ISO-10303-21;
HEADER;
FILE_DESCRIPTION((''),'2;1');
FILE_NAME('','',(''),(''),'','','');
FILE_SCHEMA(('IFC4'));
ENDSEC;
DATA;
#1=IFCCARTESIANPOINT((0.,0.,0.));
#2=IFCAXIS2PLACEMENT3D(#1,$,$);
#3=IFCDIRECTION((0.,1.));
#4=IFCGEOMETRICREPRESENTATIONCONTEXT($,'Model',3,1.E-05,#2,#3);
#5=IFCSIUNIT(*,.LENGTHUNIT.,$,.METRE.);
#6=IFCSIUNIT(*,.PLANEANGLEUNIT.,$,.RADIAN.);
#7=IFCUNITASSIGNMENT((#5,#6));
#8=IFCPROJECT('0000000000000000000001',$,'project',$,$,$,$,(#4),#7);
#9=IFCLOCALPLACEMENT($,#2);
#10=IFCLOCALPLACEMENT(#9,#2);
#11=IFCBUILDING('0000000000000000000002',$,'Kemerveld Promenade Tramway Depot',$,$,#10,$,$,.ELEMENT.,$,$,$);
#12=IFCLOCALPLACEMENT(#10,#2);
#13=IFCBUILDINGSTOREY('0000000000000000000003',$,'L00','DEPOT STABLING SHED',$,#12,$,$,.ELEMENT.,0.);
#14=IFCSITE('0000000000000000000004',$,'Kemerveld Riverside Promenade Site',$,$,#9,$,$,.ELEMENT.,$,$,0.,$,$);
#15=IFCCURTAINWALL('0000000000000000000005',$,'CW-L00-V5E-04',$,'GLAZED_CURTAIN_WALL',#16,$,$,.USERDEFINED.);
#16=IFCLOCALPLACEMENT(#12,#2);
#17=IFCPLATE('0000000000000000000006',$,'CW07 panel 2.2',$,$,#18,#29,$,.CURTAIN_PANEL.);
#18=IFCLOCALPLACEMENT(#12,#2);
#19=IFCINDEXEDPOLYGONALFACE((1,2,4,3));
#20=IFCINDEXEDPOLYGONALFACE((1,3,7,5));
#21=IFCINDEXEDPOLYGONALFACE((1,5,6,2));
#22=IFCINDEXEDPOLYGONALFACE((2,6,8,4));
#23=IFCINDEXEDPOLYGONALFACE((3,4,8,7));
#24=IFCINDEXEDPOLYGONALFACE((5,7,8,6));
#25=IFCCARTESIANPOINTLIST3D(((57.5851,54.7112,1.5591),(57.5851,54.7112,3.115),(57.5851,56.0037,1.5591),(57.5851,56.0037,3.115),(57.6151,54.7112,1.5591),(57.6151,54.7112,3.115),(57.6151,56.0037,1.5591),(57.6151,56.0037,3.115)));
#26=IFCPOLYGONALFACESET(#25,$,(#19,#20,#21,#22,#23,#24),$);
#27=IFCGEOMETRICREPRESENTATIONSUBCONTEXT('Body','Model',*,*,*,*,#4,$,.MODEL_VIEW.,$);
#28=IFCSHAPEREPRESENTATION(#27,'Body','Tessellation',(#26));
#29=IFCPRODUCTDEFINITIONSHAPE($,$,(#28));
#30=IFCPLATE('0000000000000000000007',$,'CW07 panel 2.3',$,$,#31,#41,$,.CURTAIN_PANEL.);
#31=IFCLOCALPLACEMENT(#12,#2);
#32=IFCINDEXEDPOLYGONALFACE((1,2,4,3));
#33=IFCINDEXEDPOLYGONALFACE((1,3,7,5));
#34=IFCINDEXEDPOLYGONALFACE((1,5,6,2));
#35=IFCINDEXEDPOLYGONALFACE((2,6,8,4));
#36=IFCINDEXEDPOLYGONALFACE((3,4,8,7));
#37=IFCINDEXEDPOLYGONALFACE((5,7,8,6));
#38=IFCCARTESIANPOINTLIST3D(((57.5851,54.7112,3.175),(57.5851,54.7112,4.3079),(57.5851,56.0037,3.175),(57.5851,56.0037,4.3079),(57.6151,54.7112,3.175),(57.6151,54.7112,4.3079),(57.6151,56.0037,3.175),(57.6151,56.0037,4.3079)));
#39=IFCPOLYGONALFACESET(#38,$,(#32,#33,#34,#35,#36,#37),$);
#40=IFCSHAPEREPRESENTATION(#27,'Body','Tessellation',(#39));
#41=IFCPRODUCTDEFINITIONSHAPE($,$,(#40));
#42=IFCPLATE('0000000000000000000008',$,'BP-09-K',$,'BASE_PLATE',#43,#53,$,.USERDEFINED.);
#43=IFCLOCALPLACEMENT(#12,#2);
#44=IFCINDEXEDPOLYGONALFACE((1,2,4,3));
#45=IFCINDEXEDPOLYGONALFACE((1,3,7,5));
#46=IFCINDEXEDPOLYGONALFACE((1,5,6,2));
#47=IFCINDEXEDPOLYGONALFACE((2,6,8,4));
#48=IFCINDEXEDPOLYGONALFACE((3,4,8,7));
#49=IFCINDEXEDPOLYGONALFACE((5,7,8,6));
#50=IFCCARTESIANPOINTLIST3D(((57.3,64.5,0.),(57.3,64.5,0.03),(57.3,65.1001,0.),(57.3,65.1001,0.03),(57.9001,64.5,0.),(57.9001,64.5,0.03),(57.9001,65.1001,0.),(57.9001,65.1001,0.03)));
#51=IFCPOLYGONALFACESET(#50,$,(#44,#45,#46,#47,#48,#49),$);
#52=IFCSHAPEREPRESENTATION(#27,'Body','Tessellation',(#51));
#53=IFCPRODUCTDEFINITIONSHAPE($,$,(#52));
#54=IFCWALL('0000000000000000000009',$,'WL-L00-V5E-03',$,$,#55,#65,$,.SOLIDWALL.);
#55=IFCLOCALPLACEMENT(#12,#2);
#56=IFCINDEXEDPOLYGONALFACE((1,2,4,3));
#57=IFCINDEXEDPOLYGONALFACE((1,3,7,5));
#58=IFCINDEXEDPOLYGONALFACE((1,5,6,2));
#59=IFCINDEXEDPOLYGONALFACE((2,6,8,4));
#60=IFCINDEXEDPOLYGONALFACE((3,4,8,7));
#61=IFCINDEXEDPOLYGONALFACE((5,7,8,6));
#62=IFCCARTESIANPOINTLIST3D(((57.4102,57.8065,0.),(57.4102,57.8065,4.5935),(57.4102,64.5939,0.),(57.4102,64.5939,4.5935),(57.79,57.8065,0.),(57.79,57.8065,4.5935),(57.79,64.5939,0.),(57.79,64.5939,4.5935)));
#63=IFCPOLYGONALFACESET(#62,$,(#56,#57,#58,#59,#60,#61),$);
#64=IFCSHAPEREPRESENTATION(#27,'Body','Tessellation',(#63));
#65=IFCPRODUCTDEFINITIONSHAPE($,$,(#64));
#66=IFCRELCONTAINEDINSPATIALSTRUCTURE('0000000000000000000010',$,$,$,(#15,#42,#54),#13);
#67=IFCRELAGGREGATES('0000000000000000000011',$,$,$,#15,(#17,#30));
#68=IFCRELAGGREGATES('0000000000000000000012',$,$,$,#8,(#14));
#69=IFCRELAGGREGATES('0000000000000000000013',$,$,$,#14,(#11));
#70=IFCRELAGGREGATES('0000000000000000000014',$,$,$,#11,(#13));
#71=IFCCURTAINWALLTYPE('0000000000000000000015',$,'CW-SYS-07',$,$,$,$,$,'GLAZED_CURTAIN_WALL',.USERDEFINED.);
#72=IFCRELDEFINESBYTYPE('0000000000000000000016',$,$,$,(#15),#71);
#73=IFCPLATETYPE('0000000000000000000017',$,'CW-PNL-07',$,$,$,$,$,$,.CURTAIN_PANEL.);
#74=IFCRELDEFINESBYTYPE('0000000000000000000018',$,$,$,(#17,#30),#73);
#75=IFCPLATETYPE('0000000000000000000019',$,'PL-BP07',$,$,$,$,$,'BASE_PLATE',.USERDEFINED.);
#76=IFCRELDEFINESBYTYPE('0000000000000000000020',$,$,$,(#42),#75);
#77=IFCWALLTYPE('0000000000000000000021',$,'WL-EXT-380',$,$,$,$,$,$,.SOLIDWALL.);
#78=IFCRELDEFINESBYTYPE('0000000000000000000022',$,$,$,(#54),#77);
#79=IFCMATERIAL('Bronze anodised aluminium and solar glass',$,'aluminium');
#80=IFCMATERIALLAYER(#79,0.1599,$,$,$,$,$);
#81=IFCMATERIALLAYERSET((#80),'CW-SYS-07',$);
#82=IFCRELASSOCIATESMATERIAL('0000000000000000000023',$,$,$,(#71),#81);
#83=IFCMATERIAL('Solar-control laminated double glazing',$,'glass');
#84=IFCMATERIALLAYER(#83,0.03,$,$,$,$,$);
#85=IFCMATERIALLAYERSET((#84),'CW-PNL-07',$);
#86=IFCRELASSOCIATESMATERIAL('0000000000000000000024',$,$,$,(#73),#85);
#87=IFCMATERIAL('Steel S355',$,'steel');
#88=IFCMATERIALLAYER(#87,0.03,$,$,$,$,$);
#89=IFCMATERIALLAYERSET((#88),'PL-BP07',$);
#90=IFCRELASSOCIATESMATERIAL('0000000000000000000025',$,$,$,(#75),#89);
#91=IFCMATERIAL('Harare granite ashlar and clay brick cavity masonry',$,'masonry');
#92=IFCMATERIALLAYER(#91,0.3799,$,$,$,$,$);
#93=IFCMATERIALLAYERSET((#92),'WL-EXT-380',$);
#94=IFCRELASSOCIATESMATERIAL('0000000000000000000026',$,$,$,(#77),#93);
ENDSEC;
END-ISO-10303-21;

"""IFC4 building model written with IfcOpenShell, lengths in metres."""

from ifc_helpers import new_model, si_unit, direction, frame, frame_2d, origin, origin_2d, place, context, subcontext, project, spatial, rectangle, extrude, material, layer, layer_set, type_object, element, aggregate, save


model = new_model("IFC4")

# Units and contexts
model_context = context("Model", 3, precision=1e-05, world=origin(), true_north=direction((0.0, 1.0)))
body_context = subcontext(model_context, "Body", "Model", "MODEL_VIEW")
ifc_project = project(units=[si_unit("LENGTHUNIT", "METRE"), si_unit("PLANEANGLEUNIT", "RADIAN")], contexts=[model_context])

# Site, building, storey
site_placement = place(None, origin())
site = spatial("IfcSite", under=ifc_project, at=site_placement, Name="Kemerveld Riverside Promenade Site", CompositionType="ELEMENT", RefElevation=0.0)
building_placement = place(site_placement, origin())
building = spatial("IfcBuilding", under=site, at=building_placement, Name="Kemerveld Promenade Tramway Depot", CompositionType="ELEMENT")
storey_placement = place(building_placement, origin())
storey = spatial("IfcBuildingStorey", under=building, at=storey_placement, Name="L00", Description="DEPOT STABLING SHED", CompositionType="ELEMENT", Elevation=0.0)

# Shared definitions
ifc_material_1 = material(Name="Steel S355", Category="steel")

# Curtain wall, plates
ifc_material_2 = material(Name="Bronze anodised aluminium and solar glass", Category="aluminium")
ifc_layer_1 = layer(ifc_material_2, 0.1599)
ifc_layer_set_1 = layer_set([ifc_layer_1], Name="CW-SYS-07")
curtain_wall_type = type_object("IfcCurtainWallType", Name="CW-SYS-07", ElementType="GLAZED_CURTAIN_WALL", PredefinedType="USERDEFINED", material=ifc_layer_set_1)
curtain_wall_placement = place(storey_placement, origin())
curtain_wall = element("IfcCurtainWall", 1, at=curtain_wall_placement, inside=storey, type_object=curtain_wall_type, Name="CW-L00-V5E-04", ObjectType="GLAZED_CURTAIN_WALL", PredefinedType="USERDEFINED")
ifc_material_3 = material(Name="Solar-control laminated double glazing", Category="glass")
ifc_layer_2 = layer(ifc_material_3, 0.03)
ifc_layer_set_2 = layer_set([ifc_layer_2], Name="CW-PNL-07")
plate_type_1 = type_object("IfcPlateType", Name="CW-PNL-07", PredefinedType="CURTAIN_PANEL", material=ifc_layer_set_2)
plate_1_placement = place(storey_placement, frame((57.6001, 55.3574, 1.5591), z_axis=(0.0, 0.0, 1.0), x_axis=(0.0, -1.0, 0.0)))
plate_1 = element("IfcPlate", 2, at=plate_1_placement, type_object=plate_type_1, Name="CW07 panel 2.2", PredefinedType="CURTAIN_PANEL", context=body_context, shape_type="SweptSolid", body=[
    extrude(rectangle(XDim=1.2925, YDim=0.03, at=origin_2d()), origin(), (0.0, 0.0, 1.0), 1.5559),
])
plate_2_placement = place(storey_placement, frame((57.6001, 55.3574, 3.175), z_axis=(0.0, 0.0, 1.0), x_axis=(0.0, -1.0, 0.0)))
plate_2 = element("IfcPlate", 3, at=plate_2_placement, type_object=plate_type_1, Name="CW07 panel 2.3", PredefinedType="CURTAIN_PANEL", context=body_context, shape_type="SweptSolid", body=[
    extrude(rectangle(XDim=1.2925, YDim=0.03, at=origin_2d()), origin(), (0.0, 0.0, 1.0), 1.1328),
])
aggregate(curtain_wall, [plate_1, plate_2])

# Plate
ifc_layer_3 = layer(ifc_material_1, 0.03)
ifc_layer_set_3 = layer_set([ifc_layer_3], Name="PL-BP07")
plate_type_2 = type_object("IfcPlateType", Name="PL-BP07", ElementType="BASE_PLATE", PredefinedType="USERDEFINED", material=ifc_layer_set_3)
plate_3_placement = place(storey_placement, frame((57.6001, 64.8, 0.0), z_axis=(0.0, 0.0, 1.0), x_axis=(1.0, 0.0, 0.0)))
element("IfcPlate", 4, at=plate_3_placement, inside=storey, type_object=plate_type_2, Name="BP-09-K", ObjectType="BASE_PLATE", PredefinedType="USERDEFINED", context=body_context, shape_type="SweptSolid", body=[
    extrude(rectangle(XDim=0.6001, YDim=0.6001, at=origin_2d()), origin(), (0.0, 0.0, 1.0), 0.03),
])

# Wall
ifc_material_4 = material(Name="Harare granite ashlar and clay brick cavity masonry", Category="masonry")
ifc_layer_4 = layer(ifc_material_4, 0.3799)
ifc_layer_set_4 = layer_set([ifc_layer_4], Name="WL-EXT-380")
wall_type = type_object("IfcWallType", Name="WL-EXT-380", PredefinedType="SOLIDWALL", material=ifc_layer_set_4)
wall_placement = place(storey_placement, frame((57.6001, 64.5938, 0.0), z_axis=(0.0, 0.0, 1.0), x_axis=(0.0, -1.0, 0.0)))
element("IfcWall", 5, at=wall_placement, inside=storey, type_object=wall_type, Name="WL-L00-V5E-03", PredefinedType="SOLIDWALL", context=body_context, shape_type="SweptSolid", body=[
    extrude(rectangle(XDim=6.7874, YDim=0.3799, at=frame_2d((3.3936, 0.0))), origin(), (0.0, 0.0, 1.0), 4.5935),
])

save(model, "model.ifc")
